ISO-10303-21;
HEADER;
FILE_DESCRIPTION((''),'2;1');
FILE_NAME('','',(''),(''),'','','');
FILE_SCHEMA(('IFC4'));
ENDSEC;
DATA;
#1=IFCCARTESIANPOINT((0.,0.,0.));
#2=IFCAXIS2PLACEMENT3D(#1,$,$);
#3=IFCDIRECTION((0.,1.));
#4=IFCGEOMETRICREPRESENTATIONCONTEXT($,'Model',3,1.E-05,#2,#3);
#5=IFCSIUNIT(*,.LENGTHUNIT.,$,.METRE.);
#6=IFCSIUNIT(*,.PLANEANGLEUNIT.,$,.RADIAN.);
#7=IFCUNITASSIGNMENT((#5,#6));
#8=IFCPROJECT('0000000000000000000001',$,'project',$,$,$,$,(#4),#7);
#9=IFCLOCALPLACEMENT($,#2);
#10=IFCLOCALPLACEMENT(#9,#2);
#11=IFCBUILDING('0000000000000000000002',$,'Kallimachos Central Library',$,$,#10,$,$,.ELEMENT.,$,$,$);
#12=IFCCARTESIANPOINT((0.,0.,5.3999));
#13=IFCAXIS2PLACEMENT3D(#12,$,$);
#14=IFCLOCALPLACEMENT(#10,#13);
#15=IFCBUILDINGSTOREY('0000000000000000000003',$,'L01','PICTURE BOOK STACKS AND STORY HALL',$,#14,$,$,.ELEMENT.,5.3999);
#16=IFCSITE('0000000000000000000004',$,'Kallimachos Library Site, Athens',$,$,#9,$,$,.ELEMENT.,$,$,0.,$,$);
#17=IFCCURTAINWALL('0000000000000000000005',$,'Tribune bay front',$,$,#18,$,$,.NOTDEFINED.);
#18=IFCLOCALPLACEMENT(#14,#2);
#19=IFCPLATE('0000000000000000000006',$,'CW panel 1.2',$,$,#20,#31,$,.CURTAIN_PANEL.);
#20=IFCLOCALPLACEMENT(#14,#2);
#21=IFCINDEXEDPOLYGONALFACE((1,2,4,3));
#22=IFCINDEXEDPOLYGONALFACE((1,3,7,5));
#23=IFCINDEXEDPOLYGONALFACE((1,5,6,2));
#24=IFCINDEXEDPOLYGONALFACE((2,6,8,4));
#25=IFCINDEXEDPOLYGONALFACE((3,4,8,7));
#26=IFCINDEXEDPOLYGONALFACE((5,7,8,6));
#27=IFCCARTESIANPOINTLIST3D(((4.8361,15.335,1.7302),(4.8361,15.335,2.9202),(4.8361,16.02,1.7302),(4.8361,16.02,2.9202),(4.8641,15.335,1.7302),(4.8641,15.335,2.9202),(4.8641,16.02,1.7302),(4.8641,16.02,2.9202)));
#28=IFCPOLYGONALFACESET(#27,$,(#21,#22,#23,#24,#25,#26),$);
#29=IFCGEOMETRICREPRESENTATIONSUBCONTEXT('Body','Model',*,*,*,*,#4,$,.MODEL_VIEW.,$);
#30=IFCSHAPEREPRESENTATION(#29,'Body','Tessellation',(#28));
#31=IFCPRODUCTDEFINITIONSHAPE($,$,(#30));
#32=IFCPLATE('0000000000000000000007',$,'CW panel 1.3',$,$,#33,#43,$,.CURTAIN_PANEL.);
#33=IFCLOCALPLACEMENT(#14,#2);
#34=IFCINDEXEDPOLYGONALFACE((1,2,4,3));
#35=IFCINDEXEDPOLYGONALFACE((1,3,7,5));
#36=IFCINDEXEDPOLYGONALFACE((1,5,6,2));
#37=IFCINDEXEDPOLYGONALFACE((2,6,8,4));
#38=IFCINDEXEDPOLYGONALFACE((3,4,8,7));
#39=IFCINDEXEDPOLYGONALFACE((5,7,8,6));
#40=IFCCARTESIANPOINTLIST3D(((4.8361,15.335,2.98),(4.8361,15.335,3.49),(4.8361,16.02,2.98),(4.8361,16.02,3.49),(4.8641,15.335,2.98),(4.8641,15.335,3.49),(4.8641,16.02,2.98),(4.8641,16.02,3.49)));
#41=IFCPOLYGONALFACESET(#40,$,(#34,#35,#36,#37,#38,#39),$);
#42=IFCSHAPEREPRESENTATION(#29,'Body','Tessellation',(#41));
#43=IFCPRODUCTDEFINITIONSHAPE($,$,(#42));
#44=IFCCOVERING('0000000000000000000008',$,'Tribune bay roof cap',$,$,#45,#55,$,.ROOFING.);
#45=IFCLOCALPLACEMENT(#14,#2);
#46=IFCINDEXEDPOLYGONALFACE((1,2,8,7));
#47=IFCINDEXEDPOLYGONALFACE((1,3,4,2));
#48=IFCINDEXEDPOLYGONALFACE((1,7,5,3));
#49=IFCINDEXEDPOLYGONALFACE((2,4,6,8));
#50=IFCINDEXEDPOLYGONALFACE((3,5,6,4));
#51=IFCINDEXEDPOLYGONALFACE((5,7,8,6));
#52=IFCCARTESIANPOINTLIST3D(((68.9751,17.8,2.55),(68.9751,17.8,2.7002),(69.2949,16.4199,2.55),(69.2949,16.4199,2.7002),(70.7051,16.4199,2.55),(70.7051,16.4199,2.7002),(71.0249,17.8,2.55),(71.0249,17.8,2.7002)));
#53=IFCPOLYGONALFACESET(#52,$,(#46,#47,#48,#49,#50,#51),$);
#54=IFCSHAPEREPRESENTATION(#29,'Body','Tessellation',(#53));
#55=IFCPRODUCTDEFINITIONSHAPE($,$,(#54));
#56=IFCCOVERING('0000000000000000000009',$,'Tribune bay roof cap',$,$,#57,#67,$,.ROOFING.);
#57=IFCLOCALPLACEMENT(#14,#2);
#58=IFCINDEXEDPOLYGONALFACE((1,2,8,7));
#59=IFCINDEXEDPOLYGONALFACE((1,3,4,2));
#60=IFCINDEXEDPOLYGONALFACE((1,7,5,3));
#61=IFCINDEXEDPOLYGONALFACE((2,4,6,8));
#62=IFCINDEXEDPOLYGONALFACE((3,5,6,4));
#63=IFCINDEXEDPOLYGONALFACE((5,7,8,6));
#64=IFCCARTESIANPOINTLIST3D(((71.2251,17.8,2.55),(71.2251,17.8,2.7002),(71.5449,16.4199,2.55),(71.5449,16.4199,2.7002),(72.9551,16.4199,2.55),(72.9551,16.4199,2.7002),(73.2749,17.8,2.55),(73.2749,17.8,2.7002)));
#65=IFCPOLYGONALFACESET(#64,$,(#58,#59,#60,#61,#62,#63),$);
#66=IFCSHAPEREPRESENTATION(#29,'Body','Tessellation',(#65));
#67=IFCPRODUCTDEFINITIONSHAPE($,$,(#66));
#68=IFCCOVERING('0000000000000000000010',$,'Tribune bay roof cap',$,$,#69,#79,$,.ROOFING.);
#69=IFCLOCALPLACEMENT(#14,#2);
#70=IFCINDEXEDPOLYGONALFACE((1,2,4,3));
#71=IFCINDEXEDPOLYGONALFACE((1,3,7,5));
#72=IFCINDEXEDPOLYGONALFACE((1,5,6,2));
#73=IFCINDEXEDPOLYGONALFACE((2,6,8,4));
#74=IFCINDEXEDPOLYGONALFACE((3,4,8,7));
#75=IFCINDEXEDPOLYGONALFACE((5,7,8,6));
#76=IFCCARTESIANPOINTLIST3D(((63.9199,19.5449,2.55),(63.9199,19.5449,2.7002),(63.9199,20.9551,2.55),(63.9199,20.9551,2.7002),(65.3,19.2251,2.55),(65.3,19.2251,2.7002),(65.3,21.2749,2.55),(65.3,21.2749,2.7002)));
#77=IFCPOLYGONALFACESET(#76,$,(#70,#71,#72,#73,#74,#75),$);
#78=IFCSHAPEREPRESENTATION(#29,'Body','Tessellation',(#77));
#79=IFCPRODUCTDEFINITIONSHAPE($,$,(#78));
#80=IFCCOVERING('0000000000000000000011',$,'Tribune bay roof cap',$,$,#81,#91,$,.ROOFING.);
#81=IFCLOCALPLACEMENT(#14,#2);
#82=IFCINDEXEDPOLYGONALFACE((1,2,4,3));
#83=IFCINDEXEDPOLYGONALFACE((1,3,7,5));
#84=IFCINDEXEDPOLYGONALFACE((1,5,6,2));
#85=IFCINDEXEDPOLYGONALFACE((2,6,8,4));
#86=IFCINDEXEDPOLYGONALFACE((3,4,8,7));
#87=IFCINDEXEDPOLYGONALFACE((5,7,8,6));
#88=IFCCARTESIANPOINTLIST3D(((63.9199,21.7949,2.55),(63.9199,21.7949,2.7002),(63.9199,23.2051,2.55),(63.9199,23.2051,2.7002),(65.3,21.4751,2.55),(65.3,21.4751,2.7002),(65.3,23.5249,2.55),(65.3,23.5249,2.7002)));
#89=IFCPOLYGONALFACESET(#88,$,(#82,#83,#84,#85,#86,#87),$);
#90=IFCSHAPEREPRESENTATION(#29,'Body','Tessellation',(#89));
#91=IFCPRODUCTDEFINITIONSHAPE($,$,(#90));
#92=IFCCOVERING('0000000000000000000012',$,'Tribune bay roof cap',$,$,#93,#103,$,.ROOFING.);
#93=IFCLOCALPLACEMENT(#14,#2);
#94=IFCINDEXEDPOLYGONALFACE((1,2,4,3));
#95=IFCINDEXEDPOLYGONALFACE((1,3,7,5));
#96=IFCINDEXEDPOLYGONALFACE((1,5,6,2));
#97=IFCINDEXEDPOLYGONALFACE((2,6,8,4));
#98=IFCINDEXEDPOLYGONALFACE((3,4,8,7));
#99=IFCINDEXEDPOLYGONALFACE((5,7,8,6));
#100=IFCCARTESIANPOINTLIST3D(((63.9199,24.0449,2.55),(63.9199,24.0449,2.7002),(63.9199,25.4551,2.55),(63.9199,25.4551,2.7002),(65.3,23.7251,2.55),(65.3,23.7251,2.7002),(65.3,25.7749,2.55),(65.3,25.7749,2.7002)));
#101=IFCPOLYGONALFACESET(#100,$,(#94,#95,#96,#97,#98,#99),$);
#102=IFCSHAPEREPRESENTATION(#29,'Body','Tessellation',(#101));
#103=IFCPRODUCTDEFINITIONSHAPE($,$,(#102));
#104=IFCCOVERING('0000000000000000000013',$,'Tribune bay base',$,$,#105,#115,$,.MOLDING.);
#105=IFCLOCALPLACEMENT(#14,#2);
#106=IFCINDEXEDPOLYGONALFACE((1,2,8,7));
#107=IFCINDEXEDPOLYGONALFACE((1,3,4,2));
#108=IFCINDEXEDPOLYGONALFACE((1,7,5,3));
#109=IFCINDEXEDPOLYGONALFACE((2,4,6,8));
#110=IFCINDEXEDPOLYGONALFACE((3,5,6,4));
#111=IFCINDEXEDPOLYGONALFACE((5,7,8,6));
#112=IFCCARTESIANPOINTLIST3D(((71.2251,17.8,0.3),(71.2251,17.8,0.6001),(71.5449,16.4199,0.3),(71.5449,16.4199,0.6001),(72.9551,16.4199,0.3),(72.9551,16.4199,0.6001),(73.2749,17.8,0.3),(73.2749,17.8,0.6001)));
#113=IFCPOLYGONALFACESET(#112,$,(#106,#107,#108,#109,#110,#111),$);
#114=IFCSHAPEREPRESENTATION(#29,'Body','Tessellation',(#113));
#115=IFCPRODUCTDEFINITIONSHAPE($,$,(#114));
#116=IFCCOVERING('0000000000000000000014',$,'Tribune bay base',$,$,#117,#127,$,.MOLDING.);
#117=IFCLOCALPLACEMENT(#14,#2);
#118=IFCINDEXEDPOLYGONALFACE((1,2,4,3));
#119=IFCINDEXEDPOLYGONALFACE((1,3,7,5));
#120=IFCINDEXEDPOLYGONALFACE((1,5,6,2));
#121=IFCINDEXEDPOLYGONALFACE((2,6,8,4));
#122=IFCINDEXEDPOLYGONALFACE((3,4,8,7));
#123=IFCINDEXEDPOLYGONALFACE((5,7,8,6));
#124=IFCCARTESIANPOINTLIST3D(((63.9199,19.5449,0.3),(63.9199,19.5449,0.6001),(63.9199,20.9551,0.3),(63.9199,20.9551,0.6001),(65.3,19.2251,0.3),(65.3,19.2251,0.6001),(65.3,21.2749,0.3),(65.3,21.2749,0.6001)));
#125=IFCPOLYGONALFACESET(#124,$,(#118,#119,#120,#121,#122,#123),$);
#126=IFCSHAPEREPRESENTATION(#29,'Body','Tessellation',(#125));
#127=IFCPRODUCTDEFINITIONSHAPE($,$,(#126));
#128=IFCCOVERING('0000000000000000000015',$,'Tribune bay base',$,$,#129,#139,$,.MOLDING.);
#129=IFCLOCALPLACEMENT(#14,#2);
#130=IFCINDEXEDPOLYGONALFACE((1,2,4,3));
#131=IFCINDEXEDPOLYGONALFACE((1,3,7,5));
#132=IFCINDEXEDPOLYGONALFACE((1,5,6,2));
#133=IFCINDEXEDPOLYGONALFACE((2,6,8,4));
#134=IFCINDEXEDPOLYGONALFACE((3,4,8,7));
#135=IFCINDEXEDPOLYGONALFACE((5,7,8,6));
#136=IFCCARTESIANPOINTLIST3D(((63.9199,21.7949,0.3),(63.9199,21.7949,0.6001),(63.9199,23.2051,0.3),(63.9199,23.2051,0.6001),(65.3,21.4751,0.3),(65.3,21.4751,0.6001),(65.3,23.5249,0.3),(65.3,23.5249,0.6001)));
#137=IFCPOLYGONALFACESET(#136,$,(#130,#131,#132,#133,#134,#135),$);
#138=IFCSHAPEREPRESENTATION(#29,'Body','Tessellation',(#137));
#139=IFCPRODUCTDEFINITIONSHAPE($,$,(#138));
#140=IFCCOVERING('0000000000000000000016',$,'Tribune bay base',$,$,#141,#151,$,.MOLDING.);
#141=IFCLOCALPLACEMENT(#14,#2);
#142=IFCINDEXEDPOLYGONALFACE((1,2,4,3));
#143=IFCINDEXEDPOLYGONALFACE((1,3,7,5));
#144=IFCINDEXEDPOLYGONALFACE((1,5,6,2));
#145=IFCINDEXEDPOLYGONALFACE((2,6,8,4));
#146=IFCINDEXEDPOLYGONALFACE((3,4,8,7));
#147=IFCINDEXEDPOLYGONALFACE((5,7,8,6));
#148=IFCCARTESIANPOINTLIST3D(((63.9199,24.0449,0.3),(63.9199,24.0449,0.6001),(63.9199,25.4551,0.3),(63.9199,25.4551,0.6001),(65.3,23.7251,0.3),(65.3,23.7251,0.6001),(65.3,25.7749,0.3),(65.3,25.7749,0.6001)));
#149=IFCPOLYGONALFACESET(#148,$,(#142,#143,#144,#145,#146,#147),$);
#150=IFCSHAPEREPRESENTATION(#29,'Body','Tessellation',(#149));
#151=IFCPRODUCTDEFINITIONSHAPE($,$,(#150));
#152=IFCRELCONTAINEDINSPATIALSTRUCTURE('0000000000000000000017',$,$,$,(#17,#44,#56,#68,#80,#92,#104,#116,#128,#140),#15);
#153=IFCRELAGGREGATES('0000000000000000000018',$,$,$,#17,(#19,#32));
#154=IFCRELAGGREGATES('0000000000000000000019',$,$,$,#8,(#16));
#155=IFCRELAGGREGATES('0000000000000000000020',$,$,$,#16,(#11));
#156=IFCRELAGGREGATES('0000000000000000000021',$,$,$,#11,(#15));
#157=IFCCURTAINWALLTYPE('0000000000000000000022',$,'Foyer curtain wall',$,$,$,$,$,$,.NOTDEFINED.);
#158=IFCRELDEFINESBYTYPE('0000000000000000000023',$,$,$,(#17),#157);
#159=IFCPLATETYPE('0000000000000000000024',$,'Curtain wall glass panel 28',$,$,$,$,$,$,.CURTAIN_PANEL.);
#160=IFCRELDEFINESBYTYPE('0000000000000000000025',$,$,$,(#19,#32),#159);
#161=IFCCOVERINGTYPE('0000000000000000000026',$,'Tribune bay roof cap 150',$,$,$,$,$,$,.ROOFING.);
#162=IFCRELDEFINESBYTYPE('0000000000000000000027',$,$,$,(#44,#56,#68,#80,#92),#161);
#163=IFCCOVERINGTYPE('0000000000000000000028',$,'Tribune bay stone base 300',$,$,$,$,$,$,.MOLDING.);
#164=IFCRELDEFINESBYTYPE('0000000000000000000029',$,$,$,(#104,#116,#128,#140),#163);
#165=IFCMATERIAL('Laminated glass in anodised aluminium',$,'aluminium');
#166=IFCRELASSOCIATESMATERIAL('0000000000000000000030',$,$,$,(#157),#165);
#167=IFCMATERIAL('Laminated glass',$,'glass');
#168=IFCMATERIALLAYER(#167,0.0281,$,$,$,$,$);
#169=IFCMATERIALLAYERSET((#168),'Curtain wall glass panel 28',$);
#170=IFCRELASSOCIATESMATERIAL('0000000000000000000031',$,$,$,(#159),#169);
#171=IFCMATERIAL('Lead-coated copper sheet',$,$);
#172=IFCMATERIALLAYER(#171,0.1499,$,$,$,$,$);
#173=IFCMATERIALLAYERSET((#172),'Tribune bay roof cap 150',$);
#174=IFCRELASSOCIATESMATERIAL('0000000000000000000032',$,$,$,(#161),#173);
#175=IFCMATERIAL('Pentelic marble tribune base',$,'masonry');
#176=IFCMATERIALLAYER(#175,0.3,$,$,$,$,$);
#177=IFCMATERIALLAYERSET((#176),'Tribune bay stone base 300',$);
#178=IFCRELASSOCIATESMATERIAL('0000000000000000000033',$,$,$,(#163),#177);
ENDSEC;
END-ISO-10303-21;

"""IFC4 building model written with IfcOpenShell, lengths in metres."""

from ifc_helpers import new_model, si_unit, direction, frame, origin, origin_2d, place, context, subcontext, project, spatial, polyline, rectangle, outline, extrude, material, layer, layer_set, type_object, element, aggregate, save


model = new_model("IFC4")

# Units and contexts
model_context = context("Model", 3, precision=1e-05, world=origin(), true_north=direction((0.0, 1.0)))
body_context = subcontext(model_context, "Body", "Model", "MODEL_VIEW")
ifc_project = project(units=[si_unit("LENGTHUNIT", "METRE"), si_unit("PLANEANGLEUNIT", "RADIAN")], contexts=[model_context])

# Site, building, storey
site_placement = place(None, origin())
site = spatial("IfcSite", under=ifc_project, at=site_placement, Name="Kallimachos Library Site, Athens", CompositionType="ELEMENT", RefElevation=0.0)
building_placement = place(site_placement, origin())
building = spatial("IfcBuilding", under=site, at=building_placement, Name="Kallimachos Central Library", CompositionType="ELEMENT")
storey_placement = place(building_placement, frame((0.0, 0.0, 5.3999)))
storey = spatial("IfcBuildingStorey", under=building, at=storey_placement, Name="L01", Description="PICTURE BOOK STACKS AND STORY HALL", CompositionType="ELEMENT", Elevation=5.3999)

# Curtain wall, plates
ifc_material_1 = material(Name="Laminated glass in anodised aluminium", Category="aluminium")
curtain_wall_type = type_object("IfcCurtainWallType", Name="Foyer curtain wall", PredefinedType="NOTDEFINED", material=ifc_material_1)
curtain_wall_placement = place(storey_placement, origin())
curtain_wall = element("IfcCurtainWall", 1, at=curtain_wall_placement, inside=storey, type_object=curtain_wall_type, Name="Tribune bay front", PredefinedType="NOTDEFINED")
ifc_material_2 = material(Name="Laminated glass", Category="glass")
ifc_layer_1 = layer(ifc_material_2, 0.0281)
ifc_layer_set_1 = layer_set([ifc_layer_1], Name="Curtain wall glass panel 28")
plate_type = type_object("IfcPlateType", Name="Curtain wall glass panel 28", PredefinedType="CURTAIN_PANEL", material=ifc_layer_set_1)
plate_1_placement = place(storey_placement, frame((4.8501, 15.6775, 1.7302), z_axis=(0.0, 0.0, 1.0), x_axis=(0.0, 1.0, 0.0)))
plate_1 = element("IfcPlate", 2, at=plate_1_placement, type_object=plate_type, Name="CW panel 1.2", PredefinedType="CURTAIN_PANEL", context=body_context, shape_type="SweptSolid", body=[
    extrude(rectangle(XDim=0.6851, YDim=0.0281, at=origin_2d()), origin(), (0.0, 0.0, 1.0), 1.1899),
])
plate_2_placement = place(storey_placement, frame((4.8501, 15.6775, 2.98), z_axis=(0.0, 0.0, 1.0), x_axis=(0.0, 1.0, 0.0)))
plate_2 = element("IfcPlate", 3, at=plate_2_placement, type_object=plate_type, Name="CW panel 1.3", PredefinedType="CURTAIN_PANEL", context=body_context, shape_type="SweptSolid", body=[
    extrude(rectangle(XDim=0.6851, YDim=0.0281, at=origin_2d()), origin(), (0.0, 0.0, 1.0), 0.51),
])
aggregate(curtain_wall, [plate_1, plate_2])

# Coverings
ifc_material_3 = material(Name="Lead-coated copper sheet")
ifc_layer_2 = layer(ifc_material_3, 0.1499)
ifc_layer_set_2 = layer_set([ifc_layer_2], Name="Tribune bay roof cap 150")
covering_type_1 = type_object("IfcCoveringType", Name="Tribune bay roof cap 150", PredefinedType="ROOFING", material=ifc_layer_set_2)
covering_1_placement = place(storey_placement, frame((0.0, 0.0, 2.55)))
element("IfcCovering", 4, at=covering_1_placement, inside=storey, type_object=covering_type_1, Name="Tribune bay roof cap", PredefinedType="ROOFING", context=body_context, shape_type="SweptSolid", body=[
    extrude(outline(polyline([(68.9751, 17.8), (71.0249, 17.8), (70.7051, 16.4199), (69.2949, 16.4199), (68.9751, 17.8)])), origin(), (0.0, 0.0, 1.0), 0.1501),
])
covering_2_placement = place(storey_placement, frame((0.0, 0.0, 2.55)))
element("IfcCovering", 5, at=covering_2_placement, inside=storey, type_object=covering_type_1, Name="Tribune bay roof cap", PredefinedType="ROOFING", context=body_context, shape_type="SweptSolid", body=[
    extrude(outline(polyline([(71.2251, 17.8), (73.2749, 17.8), (72.9551, 16.4199), (71.5449, 16.4199), (71.2251, 17.8)])), origin(), (0.0, 0.0, 1.0), 0.1501),
])
covering_3_placement = place(storey_placement, frame((0.0, 0.0, 2.55)))
element("IfcCovering", 6, at=covering_3_placement, inside=storey, type_object=covering_type_1, Name="Tribune bay roof cap", PredefinedType="ROOFING", context=body_context, shape_type="SweptSolid", body=[
    extrude(outline(polyline([(65.3, 19.2251), (65.3, 21.2749), (63.9199, 20.9551), (63.9199, 19.5449), (65.3, 19.2251)])), origin(), (0.0, 0.0, 1.0), 0.1501),
])
covering_4_placement = place(storey_placement, frame((0.0, 0.0, 2.55)))
element("IfcCovering", 7, at=covering_4_placement, inside=storey, type_object=covering_type_1, Name="Tribune bay roof cap", PredefinedType="ROOFING", context=body_context, shape_type="SweptSolid", body=[
    extrude(outline(polyline([(65.3, 21.4751), (65.3, 23.5249), (63.9199, 23.2051), (63.9199, 21.7949), (65.3, 21.4751)])), origin(), (0.0, 0.0, 1.0), 0.1501),
])
covering_5_placement = place(storey_placement, frame((0.0, 0.0, 2.55)))
element("IfcCovering", 8, at=covering_5_placement, inside=storey, type_object=covering_type_1, Name="Tribune bay roof cap", PredefinedType="ROOFING", context=body_context, shape_type="SweptSolid", body=[
    extrude(outline(polyline([(65.3, 23.7251), (65.3, 25.7749), (63.9199, 25.4551), (63.9199, 24.0449), (65.3, 23.7251)])), origin(), (0.0, 0.0, 1.0), 0.1501),
])
ifc_material_4 = material(Name="Pentelic marble tribune base", Category="masonry")
ifc_layer_3 = layer(ifc_material_4, 0.3)
ifc_layer_set_3 = layer_set([ifc_layer_3], Name="Tribune bay stone base 300")
covering_type_2 = type_object("IfcCoveringType", Name="Tribune bay stone base 300", PredefinedType="MOLDING", material=ifc_layer_set_3)
covering_6_placement = place(storey_placement, frame((0.0, 0.0, 0.3)))
element("IfcCovering", 9, at=covering_6_placement, inside=storey, type_object=covering_type_2, Name="Tribune bay base", PredefinedType="MOLDING", context=body_context, shape_type="SweptSolid", body=[
    extrude(outline(polyline([(71.2251, 17.8), (73.2749, 17.8), (72.9551, 16.4199), (71.5449, 16.4199), (71.2251, 17.8)])), origin(), (0.0, 0.0, 1.0), 0.3),
])
covering_7_placement = place(storey_placement, frame((0.0, 0.0, 0.3)))
element("IfcCovering", 10, at=covering_7_placement, inside=storey, type_object=covering_type_2, Name="Tribune bay base", PredefinedType="MOLDING", context=body_context, shape_type="SweptSolid", body=[
    extrude(outline(polyline([(65.3, 19.2251), (65.3, 21.2749), (63.9199, 20.9551), (63.9199, 19.5449), (65.3, 19.2251)])), origin(), (0.0, 0.0, 1.0), 0.3),
])
covering_8_placement = place(storey_placement, frame((0.0, 0.0, 0.3)))
element("IfcCovering", 11, at=covering_8_placement, inside=storey, type_object=covering_type_2, Name="Tribune bay base", PredefinedType="MOLDING", context=body_context, shape_type="SweptSolid", body=[
    extrude(outline(polyline([(65.3, 21.4751), (65.3, 23.5249), (63.9199, 23.2051), (63.9199, 21.7949), (65.3, 21.4751)])), origin(), (0.0, 0.0, 1.0), 0.3),
])
covering_9_placement = place(storey_placement, frame((0.0, 0.0, 0.3)))
element("IfcCovering", 12, at=covering_9_placement, inside=storey, type_object=covering_type_2, Name="Tribune bay base", PredefinedType="MOLDING", context=body_context, shape_type="SweptSolid", body=[
    extrude(outline(polyline([(65.3, 23.7251), (65.3, 25.7749), (63.9199, 25.4551), (63.9199, 24.0449), (65.3, 23.7251)])), origin(), (0.0, 0.0, 1.0), 0.3),
])

save(model, "model.ifc")
